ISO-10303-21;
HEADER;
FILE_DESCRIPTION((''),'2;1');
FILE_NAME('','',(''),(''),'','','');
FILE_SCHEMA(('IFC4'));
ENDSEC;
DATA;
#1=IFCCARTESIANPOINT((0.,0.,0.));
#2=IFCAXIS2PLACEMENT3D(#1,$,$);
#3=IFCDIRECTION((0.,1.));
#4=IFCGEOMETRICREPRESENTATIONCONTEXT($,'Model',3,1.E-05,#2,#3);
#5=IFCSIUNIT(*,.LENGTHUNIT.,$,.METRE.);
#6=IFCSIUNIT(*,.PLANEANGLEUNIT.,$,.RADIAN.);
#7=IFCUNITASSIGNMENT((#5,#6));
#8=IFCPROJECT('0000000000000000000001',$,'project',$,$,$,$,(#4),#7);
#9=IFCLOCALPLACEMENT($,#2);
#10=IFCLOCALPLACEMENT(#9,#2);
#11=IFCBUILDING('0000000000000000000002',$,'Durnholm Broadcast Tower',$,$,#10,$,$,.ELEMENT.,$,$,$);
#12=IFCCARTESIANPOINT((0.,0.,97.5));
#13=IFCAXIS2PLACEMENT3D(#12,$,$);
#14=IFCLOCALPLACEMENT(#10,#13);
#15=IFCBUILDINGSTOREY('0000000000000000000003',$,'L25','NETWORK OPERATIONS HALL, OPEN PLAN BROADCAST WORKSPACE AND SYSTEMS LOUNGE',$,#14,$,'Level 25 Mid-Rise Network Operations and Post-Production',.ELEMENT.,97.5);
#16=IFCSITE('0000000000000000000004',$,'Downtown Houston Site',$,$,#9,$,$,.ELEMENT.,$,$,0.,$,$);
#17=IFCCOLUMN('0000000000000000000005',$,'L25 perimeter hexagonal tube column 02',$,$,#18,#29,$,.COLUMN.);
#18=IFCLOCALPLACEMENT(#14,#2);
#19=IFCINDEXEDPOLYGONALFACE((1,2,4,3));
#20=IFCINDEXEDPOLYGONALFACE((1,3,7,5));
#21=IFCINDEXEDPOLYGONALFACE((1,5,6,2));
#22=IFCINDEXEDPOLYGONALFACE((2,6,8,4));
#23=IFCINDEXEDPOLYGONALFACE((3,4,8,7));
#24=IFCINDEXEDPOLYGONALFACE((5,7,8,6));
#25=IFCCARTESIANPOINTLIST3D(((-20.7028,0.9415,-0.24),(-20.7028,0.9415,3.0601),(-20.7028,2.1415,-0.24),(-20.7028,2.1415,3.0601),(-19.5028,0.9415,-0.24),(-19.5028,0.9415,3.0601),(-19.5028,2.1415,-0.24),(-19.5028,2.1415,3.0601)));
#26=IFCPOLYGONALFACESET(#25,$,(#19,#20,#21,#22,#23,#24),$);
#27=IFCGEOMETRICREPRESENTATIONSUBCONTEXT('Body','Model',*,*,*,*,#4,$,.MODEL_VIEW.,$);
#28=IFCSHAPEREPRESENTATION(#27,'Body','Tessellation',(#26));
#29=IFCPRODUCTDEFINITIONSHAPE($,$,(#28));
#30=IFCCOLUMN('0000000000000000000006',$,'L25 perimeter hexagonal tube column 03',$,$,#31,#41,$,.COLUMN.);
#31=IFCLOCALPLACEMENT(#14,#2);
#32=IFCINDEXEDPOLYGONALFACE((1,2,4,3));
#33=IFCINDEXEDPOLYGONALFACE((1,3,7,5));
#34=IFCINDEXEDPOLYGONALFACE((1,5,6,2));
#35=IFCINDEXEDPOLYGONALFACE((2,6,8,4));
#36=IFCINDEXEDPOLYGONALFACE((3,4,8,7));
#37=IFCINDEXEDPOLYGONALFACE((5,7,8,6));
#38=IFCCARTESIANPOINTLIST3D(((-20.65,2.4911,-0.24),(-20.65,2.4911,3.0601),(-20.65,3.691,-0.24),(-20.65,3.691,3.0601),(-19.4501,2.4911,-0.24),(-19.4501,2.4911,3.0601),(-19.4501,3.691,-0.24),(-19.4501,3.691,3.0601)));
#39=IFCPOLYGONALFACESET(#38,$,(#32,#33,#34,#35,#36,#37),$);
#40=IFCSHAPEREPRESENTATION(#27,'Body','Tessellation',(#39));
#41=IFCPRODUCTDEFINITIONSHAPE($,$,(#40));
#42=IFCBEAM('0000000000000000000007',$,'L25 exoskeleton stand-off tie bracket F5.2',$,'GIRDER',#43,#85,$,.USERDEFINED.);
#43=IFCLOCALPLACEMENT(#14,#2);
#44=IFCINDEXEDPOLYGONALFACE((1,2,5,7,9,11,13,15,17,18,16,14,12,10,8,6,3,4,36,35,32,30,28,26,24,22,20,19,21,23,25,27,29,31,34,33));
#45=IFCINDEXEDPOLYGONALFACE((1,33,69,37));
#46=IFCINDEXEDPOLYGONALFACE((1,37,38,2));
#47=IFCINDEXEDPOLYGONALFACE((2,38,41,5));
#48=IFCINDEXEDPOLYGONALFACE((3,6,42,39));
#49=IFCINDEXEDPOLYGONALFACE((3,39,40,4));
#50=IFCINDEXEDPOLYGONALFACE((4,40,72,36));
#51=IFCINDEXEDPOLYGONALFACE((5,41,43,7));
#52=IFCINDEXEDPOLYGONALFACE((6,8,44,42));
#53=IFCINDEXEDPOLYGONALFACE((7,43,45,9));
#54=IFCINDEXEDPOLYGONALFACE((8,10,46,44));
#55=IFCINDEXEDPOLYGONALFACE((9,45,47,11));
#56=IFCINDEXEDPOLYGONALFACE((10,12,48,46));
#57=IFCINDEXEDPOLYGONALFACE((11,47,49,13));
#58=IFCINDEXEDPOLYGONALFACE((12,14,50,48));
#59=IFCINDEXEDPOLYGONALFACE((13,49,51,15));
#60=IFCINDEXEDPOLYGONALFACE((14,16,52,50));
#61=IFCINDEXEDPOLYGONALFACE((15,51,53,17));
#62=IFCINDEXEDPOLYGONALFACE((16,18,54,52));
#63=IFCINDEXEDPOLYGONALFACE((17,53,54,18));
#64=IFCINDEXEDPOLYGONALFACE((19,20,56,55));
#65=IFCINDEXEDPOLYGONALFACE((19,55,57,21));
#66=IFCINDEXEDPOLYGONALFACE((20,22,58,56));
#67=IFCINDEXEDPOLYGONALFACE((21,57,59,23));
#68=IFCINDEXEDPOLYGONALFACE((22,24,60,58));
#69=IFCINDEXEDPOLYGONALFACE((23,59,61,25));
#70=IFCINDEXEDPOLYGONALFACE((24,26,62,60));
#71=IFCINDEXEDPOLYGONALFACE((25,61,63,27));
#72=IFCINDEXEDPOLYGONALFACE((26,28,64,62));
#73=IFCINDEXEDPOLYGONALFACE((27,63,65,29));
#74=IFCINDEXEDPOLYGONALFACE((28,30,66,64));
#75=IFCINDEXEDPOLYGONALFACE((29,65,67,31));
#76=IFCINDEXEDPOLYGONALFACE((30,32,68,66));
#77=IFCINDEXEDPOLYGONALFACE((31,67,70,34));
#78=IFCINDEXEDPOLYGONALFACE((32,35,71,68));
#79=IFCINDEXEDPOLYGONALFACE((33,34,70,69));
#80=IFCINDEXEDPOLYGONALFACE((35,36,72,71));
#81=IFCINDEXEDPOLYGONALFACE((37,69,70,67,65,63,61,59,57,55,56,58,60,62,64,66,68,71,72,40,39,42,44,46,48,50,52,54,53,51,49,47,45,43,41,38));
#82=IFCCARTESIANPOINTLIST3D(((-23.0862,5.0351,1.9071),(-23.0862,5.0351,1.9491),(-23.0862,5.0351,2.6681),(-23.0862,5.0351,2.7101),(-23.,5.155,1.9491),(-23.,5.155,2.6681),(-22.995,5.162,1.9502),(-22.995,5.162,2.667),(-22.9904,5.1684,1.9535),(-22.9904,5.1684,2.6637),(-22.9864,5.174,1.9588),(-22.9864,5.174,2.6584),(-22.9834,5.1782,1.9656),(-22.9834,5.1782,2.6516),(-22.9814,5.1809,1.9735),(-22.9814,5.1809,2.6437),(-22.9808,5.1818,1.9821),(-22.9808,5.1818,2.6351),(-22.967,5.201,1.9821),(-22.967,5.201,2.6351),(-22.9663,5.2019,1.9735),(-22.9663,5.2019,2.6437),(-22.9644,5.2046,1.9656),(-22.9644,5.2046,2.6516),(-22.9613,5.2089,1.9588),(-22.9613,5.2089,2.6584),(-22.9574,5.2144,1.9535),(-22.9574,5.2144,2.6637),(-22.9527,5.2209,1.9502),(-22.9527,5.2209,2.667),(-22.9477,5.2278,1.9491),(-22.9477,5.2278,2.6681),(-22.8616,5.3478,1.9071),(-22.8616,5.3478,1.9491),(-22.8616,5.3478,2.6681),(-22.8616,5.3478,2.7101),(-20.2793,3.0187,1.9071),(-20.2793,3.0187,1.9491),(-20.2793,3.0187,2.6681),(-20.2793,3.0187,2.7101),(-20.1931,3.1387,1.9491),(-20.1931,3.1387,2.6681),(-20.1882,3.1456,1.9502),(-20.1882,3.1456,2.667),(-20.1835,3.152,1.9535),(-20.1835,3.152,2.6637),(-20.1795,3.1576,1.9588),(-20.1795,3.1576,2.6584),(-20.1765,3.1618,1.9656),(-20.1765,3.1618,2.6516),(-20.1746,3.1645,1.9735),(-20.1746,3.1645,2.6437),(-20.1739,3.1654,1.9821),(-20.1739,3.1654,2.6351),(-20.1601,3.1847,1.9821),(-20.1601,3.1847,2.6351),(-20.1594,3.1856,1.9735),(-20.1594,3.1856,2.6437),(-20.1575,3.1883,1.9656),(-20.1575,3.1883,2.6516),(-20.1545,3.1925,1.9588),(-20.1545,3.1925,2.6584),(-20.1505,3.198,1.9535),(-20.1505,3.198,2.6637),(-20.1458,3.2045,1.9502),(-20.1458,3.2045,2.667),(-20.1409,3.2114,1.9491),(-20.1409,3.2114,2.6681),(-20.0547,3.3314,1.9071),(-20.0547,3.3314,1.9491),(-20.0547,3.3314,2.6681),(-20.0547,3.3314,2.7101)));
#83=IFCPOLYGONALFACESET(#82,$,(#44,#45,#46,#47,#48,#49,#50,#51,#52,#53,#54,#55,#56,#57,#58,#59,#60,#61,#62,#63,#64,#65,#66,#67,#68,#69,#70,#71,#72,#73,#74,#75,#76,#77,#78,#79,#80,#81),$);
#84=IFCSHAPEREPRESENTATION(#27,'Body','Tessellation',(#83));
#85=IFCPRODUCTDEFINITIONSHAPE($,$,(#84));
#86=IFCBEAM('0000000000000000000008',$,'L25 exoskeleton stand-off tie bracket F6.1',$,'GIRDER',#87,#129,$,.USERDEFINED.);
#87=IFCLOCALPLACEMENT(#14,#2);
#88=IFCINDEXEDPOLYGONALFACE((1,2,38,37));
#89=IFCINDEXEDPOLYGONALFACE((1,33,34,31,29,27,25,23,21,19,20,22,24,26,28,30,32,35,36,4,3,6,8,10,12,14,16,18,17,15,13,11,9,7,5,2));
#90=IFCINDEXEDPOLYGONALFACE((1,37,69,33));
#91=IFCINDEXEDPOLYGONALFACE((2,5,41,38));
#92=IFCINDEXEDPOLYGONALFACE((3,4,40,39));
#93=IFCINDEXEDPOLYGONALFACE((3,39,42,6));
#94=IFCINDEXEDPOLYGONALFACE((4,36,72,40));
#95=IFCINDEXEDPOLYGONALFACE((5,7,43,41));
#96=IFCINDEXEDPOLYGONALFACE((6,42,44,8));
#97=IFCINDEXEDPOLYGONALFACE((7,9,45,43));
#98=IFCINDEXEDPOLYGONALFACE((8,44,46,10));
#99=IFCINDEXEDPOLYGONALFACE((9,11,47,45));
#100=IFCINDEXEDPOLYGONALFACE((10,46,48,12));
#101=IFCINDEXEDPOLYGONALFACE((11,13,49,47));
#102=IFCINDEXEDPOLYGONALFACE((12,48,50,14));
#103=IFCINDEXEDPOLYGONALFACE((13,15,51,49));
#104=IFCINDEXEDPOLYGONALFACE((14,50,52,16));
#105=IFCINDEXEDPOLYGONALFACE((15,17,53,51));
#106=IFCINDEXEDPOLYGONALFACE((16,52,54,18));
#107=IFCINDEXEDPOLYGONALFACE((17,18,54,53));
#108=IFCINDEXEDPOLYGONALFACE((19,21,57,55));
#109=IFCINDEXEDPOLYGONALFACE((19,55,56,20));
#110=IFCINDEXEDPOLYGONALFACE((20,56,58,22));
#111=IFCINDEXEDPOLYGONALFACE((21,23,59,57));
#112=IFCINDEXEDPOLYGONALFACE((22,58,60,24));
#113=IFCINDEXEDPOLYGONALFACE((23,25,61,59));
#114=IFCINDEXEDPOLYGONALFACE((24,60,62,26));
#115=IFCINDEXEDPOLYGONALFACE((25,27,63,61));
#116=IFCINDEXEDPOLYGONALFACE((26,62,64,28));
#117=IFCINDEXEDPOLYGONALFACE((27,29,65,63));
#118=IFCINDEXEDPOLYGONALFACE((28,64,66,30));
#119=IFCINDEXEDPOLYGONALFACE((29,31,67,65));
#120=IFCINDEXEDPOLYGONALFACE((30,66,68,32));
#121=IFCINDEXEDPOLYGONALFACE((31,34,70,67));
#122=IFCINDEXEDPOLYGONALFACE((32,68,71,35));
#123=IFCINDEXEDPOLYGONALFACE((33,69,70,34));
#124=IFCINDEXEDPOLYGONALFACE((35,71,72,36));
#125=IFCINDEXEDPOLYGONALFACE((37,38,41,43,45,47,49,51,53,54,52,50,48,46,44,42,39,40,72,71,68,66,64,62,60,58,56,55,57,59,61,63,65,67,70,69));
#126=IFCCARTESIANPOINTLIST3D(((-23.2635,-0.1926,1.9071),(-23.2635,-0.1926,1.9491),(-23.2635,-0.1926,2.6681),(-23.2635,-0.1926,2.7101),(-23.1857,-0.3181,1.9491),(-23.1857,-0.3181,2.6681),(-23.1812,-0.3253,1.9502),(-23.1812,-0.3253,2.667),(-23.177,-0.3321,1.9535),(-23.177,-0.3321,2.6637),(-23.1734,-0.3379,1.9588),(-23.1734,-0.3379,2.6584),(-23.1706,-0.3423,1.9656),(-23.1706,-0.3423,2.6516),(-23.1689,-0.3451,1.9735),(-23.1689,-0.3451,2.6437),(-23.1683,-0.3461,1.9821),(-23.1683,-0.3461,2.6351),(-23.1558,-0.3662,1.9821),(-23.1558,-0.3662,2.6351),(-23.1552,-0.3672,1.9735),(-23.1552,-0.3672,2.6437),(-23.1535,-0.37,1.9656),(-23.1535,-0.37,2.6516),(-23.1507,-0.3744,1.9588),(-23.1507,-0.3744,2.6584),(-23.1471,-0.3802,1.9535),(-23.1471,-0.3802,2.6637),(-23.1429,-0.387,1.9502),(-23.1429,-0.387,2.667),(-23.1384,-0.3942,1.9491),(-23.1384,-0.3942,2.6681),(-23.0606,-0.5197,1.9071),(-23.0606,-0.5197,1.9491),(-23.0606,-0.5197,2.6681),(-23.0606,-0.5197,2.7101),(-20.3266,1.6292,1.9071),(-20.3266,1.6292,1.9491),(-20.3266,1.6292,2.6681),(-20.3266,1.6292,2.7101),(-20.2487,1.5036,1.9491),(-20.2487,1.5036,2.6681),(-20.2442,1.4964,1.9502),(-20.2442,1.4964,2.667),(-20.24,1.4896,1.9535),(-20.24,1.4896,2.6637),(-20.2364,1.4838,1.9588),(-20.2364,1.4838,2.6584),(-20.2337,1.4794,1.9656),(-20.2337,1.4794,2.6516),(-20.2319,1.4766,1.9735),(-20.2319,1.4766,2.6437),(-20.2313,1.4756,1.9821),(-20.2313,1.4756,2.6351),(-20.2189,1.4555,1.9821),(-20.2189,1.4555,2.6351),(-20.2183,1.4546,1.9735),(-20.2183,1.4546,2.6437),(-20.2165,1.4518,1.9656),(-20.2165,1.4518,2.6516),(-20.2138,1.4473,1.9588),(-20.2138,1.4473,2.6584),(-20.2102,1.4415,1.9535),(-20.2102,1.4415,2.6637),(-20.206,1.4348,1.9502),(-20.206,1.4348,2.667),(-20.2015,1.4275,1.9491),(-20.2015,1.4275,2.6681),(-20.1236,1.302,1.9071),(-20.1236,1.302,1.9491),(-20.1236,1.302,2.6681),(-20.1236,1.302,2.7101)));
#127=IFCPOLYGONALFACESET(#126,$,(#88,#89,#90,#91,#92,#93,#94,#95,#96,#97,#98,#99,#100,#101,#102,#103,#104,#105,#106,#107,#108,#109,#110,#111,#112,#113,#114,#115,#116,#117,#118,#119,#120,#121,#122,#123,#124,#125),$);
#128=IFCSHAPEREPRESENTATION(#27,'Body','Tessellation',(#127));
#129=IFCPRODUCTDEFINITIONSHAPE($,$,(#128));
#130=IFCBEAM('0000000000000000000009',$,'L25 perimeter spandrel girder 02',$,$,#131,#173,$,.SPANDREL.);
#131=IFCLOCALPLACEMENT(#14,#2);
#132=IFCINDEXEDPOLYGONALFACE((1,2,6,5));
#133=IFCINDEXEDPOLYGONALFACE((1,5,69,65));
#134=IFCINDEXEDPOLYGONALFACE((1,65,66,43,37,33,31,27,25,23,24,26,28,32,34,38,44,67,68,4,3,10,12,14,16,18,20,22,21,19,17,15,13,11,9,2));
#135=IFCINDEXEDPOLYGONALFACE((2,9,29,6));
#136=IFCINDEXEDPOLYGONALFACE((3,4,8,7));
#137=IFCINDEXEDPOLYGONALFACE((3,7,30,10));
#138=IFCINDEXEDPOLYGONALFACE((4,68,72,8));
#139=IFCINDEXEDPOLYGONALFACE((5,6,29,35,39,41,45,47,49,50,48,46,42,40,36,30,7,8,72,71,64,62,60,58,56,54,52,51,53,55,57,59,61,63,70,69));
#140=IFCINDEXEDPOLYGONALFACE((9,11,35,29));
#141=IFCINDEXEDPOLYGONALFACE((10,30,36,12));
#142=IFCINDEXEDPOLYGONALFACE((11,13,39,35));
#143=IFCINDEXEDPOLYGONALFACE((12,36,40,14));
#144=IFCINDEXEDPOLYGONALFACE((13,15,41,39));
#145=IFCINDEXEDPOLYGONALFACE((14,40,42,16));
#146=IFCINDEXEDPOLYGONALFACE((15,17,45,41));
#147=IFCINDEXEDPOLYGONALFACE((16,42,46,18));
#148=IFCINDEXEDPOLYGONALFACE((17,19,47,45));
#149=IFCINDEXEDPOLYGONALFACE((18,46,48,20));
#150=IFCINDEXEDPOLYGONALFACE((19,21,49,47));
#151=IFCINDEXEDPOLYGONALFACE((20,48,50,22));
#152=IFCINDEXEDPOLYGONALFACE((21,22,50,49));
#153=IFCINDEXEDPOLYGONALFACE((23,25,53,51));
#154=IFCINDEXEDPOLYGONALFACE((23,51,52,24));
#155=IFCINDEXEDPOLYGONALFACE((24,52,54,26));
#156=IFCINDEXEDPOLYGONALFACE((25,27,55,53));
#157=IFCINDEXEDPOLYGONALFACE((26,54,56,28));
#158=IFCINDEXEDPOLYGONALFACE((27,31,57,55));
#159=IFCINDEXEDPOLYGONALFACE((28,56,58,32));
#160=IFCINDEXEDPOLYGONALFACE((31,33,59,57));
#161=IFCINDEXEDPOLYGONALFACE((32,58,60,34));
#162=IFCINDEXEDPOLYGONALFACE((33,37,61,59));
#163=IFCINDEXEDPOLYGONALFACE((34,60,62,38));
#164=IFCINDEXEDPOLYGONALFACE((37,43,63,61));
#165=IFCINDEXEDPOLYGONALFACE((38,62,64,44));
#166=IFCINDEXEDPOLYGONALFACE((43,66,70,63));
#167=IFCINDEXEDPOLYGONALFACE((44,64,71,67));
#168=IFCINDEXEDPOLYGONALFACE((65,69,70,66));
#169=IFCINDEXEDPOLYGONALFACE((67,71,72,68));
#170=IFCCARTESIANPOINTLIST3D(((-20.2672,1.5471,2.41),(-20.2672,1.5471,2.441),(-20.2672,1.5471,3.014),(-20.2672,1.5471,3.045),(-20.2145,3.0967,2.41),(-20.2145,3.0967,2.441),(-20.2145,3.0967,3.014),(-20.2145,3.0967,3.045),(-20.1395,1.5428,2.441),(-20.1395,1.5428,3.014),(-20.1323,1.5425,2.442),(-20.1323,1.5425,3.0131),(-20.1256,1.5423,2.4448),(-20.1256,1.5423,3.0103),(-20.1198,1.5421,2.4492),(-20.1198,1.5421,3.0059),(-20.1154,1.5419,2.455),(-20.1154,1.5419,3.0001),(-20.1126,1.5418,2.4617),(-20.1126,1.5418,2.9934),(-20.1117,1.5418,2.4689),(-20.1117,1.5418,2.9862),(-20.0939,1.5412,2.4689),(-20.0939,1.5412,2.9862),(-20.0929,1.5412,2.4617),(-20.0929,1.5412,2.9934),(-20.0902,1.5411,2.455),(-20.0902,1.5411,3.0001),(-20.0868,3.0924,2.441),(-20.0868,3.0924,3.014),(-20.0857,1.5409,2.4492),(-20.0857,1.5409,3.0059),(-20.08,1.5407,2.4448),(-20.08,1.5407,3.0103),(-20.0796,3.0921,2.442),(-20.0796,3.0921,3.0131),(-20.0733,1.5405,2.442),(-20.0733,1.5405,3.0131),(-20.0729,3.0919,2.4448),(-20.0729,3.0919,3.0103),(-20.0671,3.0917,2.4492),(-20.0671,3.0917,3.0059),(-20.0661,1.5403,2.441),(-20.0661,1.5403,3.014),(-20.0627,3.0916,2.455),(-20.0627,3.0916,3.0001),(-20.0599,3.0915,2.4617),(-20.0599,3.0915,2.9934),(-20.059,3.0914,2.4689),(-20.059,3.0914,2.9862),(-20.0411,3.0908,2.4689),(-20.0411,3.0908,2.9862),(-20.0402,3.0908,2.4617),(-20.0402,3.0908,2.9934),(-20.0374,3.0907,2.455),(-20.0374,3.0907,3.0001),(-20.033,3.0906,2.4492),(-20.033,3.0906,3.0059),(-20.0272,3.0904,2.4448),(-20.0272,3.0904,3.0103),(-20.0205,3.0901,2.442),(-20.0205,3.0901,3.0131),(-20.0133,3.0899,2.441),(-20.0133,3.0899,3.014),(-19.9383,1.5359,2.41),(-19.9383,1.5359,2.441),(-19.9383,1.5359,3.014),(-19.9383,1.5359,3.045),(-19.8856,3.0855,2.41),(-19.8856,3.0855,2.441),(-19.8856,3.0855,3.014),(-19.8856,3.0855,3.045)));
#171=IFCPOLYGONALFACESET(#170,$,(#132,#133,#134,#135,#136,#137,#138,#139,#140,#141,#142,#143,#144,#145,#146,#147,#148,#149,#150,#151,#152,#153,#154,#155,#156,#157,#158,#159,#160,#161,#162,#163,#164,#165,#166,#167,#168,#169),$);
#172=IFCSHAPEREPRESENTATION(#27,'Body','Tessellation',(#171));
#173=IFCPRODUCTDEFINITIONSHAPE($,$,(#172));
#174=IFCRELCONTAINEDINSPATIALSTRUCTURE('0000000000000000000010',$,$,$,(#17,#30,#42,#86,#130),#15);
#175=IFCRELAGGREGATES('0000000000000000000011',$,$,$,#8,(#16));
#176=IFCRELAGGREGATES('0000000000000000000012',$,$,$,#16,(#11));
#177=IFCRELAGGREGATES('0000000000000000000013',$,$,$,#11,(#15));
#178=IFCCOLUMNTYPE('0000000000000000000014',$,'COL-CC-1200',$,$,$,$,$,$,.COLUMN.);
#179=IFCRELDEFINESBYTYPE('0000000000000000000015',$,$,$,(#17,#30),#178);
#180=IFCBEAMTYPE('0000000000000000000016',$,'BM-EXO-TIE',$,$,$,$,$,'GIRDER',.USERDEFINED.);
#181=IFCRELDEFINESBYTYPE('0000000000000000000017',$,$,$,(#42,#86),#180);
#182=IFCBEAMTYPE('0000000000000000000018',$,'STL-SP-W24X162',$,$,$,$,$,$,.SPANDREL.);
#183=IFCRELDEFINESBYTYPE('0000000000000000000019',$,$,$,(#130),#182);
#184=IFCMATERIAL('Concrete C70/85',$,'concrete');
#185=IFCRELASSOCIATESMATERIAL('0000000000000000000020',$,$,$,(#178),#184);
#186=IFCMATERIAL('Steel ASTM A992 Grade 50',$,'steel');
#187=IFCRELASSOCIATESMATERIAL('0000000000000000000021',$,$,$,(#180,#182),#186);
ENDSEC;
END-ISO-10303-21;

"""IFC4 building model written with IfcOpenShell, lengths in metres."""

from ifc_helpers import new_model, si_unit, direction, frame, origin, origin_2d, place, context, subcontext, project, spatial, rectangle, i_section, extrude, source, transform, mapped, material, material_profile, profile_set, type_object, type_shapes, element, save


model = new_model("IFC4")

# Units and contexts
model_context = context("Model", 3, precision=1e-05, world=origin(), true_north=direction((0.0, 1.0)))
body_context = subcontext(model_context, "Body", "Model", "MODEL_VIEW")
ifc_project = project(units=[si_unit("LENGTHUNIT", "METRE"), si_unit("PLANEANGLEUNIT", "RADIAN")], contexts=[model_context])

# Site, building, storey
site_placement = place(None, origin())
site = spatial("IfcSite", under=ifc_project, at=site_placement, Name="Downtown Houston Site", CompositionType="ELEMENT", RefElevation=0.0)
building_placement = place(site_placement, origin())
building = spatial("IfcBuilding", under=site, at=building_placement, Name="Durnholm Broadcast Tower", CompositionType="ELEMENT")
storey_placement = place(building_placement, frame((0.0, 0.0, 97.5)))
storey = spatial("IfcBuildingStorey", under=building, at=storey_placement, Name="L25", Description="NETWORK OPERATIONS HALL, OPEN PLAN BROADCAST WORKSPACE AND SYSTEMS LOUNGE", LongName="Level 25 Mid-Rise Network Operations and Post-Production", CompositionType="ELEMENT", Elevation=97.5)

# Columns
ifc_material_1 = material(Name="Concrete C70/85", Category="concrete")
ifc_material_profile_1 = material_profile(ifc_material_1, rectangle(XDim=1.2, YDim=1.2, at=origin_2d()), Name="RC1200X1200")
ifc_profile_set_1 = profile_set([ifc_material_profile_1], Name="Concrete C70/85")
column_type = type_object("IfcColumnType", Name="COL-CC-1200", PredefinedType="COLUMN", material=ifc_profile_set_1)
shared_shape_1 = source(origin(), body_context, "Body", "SweptSolid", [
    extrude(rectangle(XDim=1.2, YDim=1.2, at=origin_2d()), origin(), (0.0, 0.0, 1.0), 3.3),
])
type_shapes(column_type, [shared_shape_1])
for number, where, z_axis, x_axis, name in (
    (1, (-20.1028, 1.5415, -0.24), (0.0, 0.0, 1.0), (1.0, 0.0, 0.0), "L25 perimeter hexagonal tube column 02"),
    (2, (-20.05, 3.0911, -0.24), (0.0, 0.0, 1.0), (1.0, 0.0, 0.0), "L25 perimeter hexagonal tube column 03"),
):
    element("IfcColumn", number, at=place(storey_placement, frame(where, z_axis=z_axis, x_axis=x_axis)), inside=storey, type_object=column_type, Name=name, PredefinedType="COLUMN", context=body_context, shape_type="MappedRepresentation", body=[
        mapped(shared_shape_1, transform((0.0, 0.0, 0.0), x_axis=(1.0, 0.0, 0.0), y_axis=(0.0, 1.0, 0.0), z_axis=(0.0, 0.0, 1.0), scale=1.0)),
    ])

# Beams
ifc_material_2 = material(Name="Steel ASTM A992 Grade 50", Category="steel")
ifc_material_profile_2 = material_profile(ifc_material_2, i_section(OverallWidth=0.385, OverallDepth=0.803, WebThickness=0.0237, FlangeThickness=0.042, FilletRadius=0.033, at=origin_2d()), Name="W30X261")
ifc_profile_set_2 = profile_set([ifc_material_profile_2], Name="Steel ASTM A992 Grade 50")
beam_type_1 = type_object("IfcBeamType", Name="BM-EXO-TIE", ElementType="GIRDER", PredefinedType="USERDEFINED", material=ifc_profile_set_2)
shared_shape_2 = source(origin(), body_context, "Body", "SweptSolid", [
    extrude(i_section(OverallWidth=0.385, OverallDepth=0.803, WebThickness=0.0237, FlangeThickness=0.042, FilletRadius=0.033, at=origin_2d()), origin(), (0.0, 0.0, 1.0), 3.4561),
])
for number, where, z_axis, x_axis, name in (
    (3, (-20.167, 3.175, 2.3086), (-0.812165, 0.583428, 0.0), (-0.583428, -0.812165, 0.0), "L25 exoskeleton stand-off tie bracket F5.2"),
    (4, (-20.2251, 1.4656, 2.3086), (-0.849795, -0.527113, 0.0), (0.527113, -0.849795, 0.0), "L25 exoskeleton stand-off tie bracket F6.1"),
):
    element("IfcBeam", number, at=place(storey_placement, frame(where, z_axis=z_axis, x_axis=x_axis)), inside=storey, type_object=beam_type_1, Name=name, ObjectType="GIRDER", PredefinedType="USERDEFINED", context=body_context, shape_type="MappedRepresentation", body=[
        mapped(shared_shape_2, transform((0.0, 0.0, 0.0), x_axis=(1.0, 0.0, 0.0), y_axis=(0.0, 1.0, 0.0), z_axis=(0.0, 0.0, 1.0), scale=1.0)),
    ])
ifc_material_profile_3 = material_profile(ifc_material_2, i_section(OverallWidth=0.3291, OverallDepth=0.635, WebThickness=0.0178, FlangeThickness=0.031, FilletRadius=0.0278, at=origin_2d()), Name="W24X162")
ifc_profile_set_3 = profile_set([ifc_material_profile_3], Name="Steel ASTM A992 Grade 50")
beam_type_2 = type_object("IfcBeamType", Name="STL-SP-W24X162", PredefinedType="SPANDREL", material=ifc_profile_set_3)
shared_shape_3 = source(origin(), body_context, "Body", "SweptSolid", [
    extrude(i_section(OverallWidth=0.3291, OverallDepth=0.635, WebThickness=0.0178, FlangeThickness=0.031, FilletRadius=0.0278, at=origin_2d()), origin(), (0.0, 0.0, 1.0), 1.5505),
])
beam_1_placement = place(storey_placement, frame((-20.1028, 1.5415, 2.7275), z_axis=(0.034012, 0.999421, 0.0), x_axis=(-0.999421, 0.034012, 0.0)))
element("IfcBeam", 5, at=beam_1_placement, inside=storey, type_object=beam_type_2, Name="L25 perimeter spandrel girder 02", PredefinedType="SPANDREL", context=body_context, shape_type="MappedRepresentation", body=[
    mapped(shared_shape_3, transform((0.0, 0.0, 0.0), x_axis=(1.0, 0.0, 0.0), y_axis=(0.0, 1.0, 0.0), z_axis=(0.0, 0.0, 1.0), scale=1.0)),
])

save(model, "model.ifc")
